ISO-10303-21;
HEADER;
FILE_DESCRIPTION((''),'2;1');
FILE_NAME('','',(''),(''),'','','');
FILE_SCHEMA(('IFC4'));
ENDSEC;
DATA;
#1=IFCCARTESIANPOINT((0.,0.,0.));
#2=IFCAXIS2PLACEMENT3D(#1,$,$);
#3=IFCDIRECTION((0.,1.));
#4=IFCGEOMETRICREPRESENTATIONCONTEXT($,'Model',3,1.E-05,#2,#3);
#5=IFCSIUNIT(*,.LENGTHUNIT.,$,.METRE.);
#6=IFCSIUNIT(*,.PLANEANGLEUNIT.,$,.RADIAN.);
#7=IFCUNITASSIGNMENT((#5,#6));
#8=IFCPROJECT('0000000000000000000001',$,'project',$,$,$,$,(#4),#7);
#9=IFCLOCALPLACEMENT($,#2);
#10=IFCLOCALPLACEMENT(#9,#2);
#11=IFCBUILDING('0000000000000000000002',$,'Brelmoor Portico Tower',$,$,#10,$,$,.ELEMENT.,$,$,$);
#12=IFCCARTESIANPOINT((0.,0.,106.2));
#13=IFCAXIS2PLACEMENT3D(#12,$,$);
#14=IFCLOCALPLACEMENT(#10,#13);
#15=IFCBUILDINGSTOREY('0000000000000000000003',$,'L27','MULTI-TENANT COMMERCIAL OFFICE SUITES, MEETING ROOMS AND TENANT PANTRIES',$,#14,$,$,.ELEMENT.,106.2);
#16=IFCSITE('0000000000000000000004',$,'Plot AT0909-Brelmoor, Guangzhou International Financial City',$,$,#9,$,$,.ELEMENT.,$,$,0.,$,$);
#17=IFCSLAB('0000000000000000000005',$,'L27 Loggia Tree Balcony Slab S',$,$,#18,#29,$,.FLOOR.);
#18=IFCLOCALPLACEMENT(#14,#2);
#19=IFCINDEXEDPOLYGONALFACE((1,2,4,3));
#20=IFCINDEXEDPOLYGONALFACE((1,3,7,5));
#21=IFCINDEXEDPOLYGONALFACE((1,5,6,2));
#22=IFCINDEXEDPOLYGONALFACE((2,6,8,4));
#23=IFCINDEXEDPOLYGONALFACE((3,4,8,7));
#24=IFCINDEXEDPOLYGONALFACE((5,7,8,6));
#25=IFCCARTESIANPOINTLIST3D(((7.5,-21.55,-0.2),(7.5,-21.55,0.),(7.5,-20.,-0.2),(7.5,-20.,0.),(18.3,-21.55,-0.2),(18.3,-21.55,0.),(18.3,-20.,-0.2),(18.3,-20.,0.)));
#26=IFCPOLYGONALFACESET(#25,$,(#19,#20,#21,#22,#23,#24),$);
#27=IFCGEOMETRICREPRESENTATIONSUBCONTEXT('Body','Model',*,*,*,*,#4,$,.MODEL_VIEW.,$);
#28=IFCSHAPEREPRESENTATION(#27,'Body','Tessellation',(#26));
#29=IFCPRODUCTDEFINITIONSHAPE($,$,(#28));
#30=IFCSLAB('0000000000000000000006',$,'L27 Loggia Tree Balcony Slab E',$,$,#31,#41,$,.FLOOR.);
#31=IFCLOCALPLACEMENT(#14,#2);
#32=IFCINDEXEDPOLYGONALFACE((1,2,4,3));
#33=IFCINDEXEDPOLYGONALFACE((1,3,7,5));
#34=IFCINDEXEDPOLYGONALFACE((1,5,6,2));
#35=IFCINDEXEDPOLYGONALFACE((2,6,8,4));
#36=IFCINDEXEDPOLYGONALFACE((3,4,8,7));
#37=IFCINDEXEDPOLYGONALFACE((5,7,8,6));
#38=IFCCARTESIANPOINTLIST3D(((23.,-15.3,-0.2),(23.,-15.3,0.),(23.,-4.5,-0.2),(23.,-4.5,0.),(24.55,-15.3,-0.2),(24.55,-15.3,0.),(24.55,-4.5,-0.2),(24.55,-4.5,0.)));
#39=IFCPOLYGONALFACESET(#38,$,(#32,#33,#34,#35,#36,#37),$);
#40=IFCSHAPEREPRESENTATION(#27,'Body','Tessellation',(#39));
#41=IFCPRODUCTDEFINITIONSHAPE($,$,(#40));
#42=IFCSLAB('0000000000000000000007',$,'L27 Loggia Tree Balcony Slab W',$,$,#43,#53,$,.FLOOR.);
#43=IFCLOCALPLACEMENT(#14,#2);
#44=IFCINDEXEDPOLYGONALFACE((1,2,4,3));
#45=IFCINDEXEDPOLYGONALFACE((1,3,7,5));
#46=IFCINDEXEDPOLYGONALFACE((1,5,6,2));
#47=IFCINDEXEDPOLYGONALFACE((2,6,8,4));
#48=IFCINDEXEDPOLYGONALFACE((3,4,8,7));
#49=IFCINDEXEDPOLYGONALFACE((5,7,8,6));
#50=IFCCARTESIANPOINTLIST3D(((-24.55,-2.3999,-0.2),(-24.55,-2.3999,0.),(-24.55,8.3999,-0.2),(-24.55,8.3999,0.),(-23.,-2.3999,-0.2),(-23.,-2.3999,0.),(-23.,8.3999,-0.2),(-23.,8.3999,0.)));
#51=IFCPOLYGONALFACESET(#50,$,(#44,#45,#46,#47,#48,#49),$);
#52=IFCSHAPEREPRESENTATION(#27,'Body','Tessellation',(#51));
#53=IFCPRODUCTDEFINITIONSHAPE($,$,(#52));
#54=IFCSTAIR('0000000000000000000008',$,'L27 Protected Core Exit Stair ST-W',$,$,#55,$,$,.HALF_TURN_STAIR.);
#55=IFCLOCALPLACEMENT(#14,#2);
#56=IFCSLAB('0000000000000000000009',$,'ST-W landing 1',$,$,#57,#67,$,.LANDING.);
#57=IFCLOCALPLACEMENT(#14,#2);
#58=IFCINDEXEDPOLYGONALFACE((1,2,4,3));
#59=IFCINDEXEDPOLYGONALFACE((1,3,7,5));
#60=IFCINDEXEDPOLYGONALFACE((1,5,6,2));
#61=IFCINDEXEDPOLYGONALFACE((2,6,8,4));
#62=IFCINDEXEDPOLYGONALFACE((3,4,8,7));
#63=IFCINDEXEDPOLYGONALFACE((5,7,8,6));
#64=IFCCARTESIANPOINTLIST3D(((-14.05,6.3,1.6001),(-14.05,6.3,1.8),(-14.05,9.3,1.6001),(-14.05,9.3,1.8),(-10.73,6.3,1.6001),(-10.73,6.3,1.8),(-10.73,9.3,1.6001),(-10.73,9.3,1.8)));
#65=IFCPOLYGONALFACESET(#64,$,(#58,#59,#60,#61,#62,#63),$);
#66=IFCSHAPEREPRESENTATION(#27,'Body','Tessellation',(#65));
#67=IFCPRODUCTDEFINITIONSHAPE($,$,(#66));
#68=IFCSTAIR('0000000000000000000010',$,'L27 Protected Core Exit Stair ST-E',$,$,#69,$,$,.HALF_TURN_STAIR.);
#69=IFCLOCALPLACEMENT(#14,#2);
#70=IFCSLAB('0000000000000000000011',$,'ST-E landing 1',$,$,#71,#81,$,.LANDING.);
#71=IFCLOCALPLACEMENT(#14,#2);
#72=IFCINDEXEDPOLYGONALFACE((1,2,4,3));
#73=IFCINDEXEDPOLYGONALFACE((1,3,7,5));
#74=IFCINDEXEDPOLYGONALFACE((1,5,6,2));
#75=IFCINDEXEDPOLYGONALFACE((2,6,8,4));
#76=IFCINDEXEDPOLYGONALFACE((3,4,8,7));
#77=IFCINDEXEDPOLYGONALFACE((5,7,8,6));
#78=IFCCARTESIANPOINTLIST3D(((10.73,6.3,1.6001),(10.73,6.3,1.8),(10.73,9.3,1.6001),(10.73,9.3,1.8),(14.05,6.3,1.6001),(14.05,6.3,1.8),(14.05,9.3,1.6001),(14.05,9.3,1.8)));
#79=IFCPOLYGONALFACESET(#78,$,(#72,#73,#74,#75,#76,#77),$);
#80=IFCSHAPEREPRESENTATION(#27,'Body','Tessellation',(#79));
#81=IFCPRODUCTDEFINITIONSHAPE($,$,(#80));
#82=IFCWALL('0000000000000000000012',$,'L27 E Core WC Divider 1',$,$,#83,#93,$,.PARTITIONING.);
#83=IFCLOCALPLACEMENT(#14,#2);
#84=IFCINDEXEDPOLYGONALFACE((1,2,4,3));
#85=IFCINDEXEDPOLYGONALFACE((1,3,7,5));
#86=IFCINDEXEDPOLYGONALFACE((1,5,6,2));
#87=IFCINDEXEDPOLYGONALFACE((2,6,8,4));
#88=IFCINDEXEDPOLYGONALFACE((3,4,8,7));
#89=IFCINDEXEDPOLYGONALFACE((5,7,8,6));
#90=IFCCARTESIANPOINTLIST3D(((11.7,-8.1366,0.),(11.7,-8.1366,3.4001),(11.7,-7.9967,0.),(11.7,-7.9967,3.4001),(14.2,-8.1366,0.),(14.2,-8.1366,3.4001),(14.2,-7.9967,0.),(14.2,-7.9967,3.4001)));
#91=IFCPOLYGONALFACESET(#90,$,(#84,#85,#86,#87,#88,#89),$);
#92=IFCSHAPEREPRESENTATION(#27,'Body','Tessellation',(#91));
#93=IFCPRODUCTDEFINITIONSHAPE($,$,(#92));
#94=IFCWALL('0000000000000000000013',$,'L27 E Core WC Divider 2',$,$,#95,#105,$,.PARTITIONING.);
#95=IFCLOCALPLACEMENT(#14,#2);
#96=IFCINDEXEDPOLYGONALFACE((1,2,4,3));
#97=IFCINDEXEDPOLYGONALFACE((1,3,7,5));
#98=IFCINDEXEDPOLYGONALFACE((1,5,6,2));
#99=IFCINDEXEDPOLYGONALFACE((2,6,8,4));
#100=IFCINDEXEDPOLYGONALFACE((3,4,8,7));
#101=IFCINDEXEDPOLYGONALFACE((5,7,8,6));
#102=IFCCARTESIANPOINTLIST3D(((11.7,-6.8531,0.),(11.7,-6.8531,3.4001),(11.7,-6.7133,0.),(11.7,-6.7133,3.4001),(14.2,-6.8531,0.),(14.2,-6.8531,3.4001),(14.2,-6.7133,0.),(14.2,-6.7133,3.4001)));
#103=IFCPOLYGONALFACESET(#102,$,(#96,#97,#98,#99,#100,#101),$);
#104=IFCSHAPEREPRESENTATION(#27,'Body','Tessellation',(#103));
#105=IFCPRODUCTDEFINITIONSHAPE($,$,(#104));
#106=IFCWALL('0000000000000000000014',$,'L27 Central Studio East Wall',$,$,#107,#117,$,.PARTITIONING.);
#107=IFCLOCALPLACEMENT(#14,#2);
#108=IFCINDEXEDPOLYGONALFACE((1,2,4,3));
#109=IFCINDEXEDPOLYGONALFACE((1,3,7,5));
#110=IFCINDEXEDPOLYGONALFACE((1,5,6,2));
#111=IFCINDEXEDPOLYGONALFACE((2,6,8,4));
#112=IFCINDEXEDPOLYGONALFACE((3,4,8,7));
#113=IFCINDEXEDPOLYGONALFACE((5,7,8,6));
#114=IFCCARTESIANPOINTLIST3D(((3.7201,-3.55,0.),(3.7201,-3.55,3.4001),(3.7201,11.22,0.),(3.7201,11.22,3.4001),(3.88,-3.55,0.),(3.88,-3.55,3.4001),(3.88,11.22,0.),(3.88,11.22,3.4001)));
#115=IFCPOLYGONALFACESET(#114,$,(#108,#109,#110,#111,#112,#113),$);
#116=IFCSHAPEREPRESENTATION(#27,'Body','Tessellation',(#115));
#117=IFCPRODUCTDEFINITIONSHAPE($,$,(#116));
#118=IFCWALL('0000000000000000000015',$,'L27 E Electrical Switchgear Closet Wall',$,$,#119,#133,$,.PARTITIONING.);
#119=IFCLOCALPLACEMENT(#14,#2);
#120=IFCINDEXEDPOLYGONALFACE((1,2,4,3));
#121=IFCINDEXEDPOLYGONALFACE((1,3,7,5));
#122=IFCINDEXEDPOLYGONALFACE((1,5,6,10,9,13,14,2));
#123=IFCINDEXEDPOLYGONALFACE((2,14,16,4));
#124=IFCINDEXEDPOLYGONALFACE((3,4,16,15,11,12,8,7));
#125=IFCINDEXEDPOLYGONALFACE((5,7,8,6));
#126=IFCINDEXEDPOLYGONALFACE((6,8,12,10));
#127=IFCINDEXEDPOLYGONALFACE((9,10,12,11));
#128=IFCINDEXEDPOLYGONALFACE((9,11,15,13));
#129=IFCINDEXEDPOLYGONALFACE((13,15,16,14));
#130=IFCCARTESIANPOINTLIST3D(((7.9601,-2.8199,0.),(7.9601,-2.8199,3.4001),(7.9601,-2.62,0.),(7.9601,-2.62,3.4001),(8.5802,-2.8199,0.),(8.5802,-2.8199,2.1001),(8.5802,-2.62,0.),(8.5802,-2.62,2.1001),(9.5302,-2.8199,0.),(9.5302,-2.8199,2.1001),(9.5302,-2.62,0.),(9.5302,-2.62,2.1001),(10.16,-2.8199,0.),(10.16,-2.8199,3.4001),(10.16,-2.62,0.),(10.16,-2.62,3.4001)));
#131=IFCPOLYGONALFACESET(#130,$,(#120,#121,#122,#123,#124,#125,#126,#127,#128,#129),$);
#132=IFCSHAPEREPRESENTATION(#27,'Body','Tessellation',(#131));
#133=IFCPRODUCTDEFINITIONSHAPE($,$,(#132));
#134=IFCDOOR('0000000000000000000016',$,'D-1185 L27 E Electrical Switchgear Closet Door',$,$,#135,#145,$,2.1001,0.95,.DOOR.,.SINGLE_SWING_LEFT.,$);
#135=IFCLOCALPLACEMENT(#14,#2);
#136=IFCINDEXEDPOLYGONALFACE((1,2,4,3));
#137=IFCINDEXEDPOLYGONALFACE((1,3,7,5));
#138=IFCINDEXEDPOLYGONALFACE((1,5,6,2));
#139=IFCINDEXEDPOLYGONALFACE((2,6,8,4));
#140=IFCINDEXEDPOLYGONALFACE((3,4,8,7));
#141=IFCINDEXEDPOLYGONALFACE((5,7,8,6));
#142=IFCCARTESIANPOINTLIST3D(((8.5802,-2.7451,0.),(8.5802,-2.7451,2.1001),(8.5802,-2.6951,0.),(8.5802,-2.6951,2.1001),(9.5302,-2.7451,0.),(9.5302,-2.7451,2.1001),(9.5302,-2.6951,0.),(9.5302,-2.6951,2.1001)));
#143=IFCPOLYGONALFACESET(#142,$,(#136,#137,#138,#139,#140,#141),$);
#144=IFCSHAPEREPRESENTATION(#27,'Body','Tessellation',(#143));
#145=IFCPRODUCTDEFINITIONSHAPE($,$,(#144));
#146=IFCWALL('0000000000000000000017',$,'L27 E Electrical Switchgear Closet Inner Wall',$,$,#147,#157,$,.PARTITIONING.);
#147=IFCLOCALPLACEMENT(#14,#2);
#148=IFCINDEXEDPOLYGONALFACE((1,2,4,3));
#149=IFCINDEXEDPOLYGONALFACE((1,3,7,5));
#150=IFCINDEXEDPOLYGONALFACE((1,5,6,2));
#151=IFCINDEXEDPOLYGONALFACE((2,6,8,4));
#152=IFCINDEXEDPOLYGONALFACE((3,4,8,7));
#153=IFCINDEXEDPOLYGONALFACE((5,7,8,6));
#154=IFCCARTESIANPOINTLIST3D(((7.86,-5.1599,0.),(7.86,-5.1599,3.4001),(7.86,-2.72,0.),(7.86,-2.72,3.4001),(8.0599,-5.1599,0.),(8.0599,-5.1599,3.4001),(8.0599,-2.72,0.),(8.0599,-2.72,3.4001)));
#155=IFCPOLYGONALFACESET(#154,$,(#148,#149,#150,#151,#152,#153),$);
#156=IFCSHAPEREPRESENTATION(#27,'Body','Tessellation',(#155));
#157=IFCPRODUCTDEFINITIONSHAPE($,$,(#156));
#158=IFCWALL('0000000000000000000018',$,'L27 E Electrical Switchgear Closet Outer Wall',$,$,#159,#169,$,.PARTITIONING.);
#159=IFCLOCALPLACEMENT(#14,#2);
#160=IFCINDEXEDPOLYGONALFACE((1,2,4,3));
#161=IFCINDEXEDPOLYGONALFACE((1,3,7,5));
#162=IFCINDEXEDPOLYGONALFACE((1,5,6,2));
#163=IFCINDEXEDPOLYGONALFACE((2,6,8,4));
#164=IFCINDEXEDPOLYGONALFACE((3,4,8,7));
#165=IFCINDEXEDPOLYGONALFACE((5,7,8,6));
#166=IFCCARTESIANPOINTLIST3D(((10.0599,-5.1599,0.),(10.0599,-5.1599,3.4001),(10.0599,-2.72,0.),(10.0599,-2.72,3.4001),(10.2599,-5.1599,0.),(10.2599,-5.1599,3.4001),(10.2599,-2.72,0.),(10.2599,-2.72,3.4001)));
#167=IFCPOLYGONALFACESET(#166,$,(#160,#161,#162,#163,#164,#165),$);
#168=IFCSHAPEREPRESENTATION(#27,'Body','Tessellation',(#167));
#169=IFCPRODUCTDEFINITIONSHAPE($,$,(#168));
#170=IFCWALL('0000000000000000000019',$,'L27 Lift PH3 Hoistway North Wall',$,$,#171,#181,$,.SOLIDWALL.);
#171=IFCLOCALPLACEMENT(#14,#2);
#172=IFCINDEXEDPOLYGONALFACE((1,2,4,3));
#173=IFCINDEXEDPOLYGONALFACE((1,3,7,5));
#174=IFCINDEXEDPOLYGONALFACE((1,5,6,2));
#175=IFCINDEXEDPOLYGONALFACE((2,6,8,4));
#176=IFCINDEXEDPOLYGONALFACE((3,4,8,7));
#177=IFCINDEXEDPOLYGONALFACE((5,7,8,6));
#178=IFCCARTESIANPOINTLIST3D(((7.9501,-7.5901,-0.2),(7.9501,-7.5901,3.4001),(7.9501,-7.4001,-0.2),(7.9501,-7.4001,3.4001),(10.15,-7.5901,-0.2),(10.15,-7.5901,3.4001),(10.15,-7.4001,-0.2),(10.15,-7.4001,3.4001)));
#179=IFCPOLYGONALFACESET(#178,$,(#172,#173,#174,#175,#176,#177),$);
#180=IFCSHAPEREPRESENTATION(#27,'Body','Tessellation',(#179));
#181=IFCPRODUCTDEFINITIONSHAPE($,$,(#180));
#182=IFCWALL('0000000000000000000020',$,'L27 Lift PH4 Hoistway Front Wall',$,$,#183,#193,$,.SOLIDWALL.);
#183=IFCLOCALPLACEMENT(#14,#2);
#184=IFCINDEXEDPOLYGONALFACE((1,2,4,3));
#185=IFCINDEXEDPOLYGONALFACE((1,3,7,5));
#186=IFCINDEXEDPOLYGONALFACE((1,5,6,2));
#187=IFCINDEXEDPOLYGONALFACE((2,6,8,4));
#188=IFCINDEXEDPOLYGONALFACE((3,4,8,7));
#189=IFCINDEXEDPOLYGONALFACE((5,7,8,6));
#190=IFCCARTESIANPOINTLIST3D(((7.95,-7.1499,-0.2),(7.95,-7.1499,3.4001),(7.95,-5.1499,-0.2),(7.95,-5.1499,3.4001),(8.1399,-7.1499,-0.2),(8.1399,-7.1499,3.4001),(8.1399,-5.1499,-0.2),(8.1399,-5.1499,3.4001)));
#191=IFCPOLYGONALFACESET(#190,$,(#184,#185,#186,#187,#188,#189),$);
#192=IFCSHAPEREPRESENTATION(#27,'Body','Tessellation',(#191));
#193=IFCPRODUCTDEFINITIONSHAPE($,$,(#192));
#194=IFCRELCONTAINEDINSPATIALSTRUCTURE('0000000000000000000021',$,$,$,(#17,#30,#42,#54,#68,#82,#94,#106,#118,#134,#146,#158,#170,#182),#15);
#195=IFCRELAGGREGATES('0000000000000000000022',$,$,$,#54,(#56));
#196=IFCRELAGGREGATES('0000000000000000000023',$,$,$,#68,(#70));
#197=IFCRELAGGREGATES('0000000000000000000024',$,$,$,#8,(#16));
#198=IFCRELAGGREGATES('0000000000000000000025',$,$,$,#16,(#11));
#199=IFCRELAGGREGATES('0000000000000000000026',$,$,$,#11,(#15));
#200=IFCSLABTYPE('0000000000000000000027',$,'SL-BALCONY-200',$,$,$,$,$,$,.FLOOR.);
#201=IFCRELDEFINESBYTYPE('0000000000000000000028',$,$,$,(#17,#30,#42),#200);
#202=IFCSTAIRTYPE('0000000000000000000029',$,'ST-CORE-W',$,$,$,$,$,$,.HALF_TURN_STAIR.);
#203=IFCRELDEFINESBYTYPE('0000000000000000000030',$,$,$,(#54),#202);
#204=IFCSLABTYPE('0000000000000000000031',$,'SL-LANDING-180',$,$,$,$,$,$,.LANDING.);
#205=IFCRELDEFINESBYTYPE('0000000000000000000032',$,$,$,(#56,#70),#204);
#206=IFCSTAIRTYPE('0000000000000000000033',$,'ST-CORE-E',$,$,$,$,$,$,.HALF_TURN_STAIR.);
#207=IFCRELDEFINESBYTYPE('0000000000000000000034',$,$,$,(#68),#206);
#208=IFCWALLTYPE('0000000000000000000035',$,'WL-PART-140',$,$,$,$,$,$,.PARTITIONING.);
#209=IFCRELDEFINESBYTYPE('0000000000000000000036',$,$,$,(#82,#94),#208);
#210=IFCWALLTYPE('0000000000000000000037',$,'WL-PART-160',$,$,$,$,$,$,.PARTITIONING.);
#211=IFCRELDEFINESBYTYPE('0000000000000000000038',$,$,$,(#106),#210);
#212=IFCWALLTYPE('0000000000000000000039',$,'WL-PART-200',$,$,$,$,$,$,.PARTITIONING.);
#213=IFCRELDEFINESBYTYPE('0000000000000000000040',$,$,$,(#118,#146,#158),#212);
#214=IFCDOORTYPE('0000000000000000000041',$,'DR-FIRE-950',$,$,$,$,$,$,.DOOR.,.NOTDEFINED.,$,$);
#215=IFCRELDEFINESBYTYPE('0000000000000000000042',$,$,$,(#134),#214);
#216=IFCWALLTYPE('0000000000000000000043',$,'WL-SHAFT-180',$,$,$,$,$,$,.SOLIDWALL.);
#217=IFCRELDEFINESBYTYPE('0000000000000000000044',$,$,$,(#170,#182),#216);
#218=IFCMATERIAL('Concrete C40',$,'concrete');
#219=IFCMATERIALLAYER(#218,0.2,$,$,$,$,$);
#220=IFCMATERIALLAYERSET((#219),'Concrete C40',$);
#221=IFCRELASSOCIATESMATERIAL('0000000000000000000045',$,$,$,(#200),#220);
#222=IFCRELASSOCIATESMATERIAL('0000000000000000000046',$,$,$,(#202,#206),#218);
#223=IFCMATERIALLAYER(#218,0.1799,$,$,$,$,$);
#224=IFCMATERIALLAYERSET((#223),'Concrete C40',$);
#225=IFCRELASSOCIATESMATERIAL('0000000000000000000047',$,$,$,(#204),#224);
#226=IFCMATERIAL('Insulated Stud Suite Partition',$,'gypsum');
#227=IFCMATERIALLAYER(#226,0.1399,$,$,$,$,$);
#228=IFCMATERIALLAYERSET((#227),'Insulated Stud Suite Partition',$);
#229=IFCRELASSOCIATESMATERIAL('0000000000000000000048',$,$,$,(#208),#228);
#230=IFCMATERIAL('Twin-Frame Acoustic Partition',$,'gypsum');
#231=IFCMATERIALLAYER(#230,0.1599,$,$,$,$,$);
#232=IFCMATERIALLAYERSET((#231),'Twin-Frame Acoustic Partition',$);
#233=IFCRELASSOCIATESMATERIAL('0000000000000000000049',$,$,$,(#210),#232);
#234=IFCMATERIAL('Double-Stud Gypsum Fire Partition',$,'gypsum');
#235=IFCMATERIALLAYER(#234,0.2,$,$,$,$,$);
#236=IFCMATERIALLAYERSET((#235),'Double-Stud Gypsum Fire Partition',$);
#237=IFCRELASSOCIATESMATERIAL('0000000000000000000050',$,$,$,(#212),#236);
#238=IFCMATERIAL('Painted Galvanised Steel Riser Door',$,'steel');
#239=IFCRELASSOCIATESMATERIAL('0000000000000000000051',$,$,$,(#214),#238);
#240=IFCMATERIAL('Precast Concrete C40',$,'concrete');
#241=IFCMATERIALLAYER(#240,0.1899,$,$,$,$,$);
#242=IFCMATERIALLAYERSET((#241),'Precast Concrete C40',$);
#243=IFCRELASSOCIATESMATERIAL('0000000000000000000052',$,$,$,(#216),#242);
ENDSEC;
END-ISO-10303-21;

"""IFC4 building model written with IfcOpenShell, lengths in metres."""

from ifc_helpers import new_model, si_unit, direction, frame, frame_2d, origin, place, context, subcontext, project, spatial, polyline, rectangle, outline, extrude, material, layer, layer_set, type_object, element, fill, aggregate, save


model = new_model("IFC4")

# Units and contexts
model_context = context("Model", 3, precision=1e-05, world=origin(), true_north=direction((0.0, 1.0)))
body_context = subcontext(model_context, "Body", "Model", "MODEL_VIEW")
ifc_project = project(units=[si_unit("LENGTHUNIT", "METRE"), si_unit("PLANEANGLEUNIT", "RADIAN")], contexts=[model_context])

# Site, building, storey
site_placement = place(None, origin())
site = spatial("IfcSite", under=ifc_project, at=site_placement, Name="Plot AT0909-Brelmoor, Guangzhou International Financial City", CompositionType="ELEMENT", RefElevation=0.0)
building_placement = place(site_placement, origin())
building = spatial("IfcBuilding", under=site, at=building_placement, Name="Brelmoor Portico Tower", CompositionType="ELEMENT")
storey_placement = place(building_placement, frame((0.0, 0.0, 106.2)))
storey = spatial("IfcBuildingStorey", under=building, at=storey_placement, Name="L27", Description="MULTI-TENANT COMMERCIAL OFFICE SUITES, MEETING ROOMS AND TENANT PANTRIES", CompositionType="ELEMENT", Elevation=106.2)

# Slabs
ifc_material_1 = material(Name="Concrete C40", Category="concrete")
ifc_layer_1 = layer(ifc_material_1, 0.2)
ifc_layer_set_1 = layer_set([ifc_layer_1], Name="Concrete C40")
slab_type_1 = type_object("IfcSlabType", Name="SL-BALCONY-200", PredefinedType="FLOOR", material=ifc_layer_set_1)
slab_1_placement = place(storey_placement, frame((0.0, 0.0, -0.2)))
element("IfcSlab", 1, at=slab_1_placement, inside=storey, type_object=slab_type_1, Name="L27 Loggia Tree Balcony Slab S", PredefinedType="FLOOR", context=body_context, shape_type="SweptSolid", body=[
    extrude(outline(polyline([(7.5, -21.55), (18.3, -21.55), (18.3, -20.0), (7.5, -20.0), (7.5, -21.55)])), origin(), (0.0, 0.0, 1.0), 0.2),
])
slab_2_placement = place(storey_placement, frame((0.0, 0.0, -0.2)))
element("IfcSlab", 2, at=slab_2_placement, inside=storey, type_object=slab_type_1, Name="L27 Loggia Tree Balcony Slab E", PredefinedType="FLOOR", context=body_context, shape_type="SweptSolid", body=[
    extrude(outline(polyline([(23.0, -15.3), (24.55, -15.3), (24.55, -4.5), (23.0, -4.5), (23.0, -15.3)])), origin(), (0.0, 0.0, 1.0), 0.2),
])
slab_3_placement = place(storey_placement, frame((0.0, 0.0, -0.2)))
element("IfcSlab", 3, at=slab_3_placement, inside=storey, type_object=slab_type_1, Name="L27 Loggia Tree Balcony Slab W", PredefinedType="FLOOR", context=body_context, shape_type="SweptSolid", body=[
    extrude(outline(polyline([(-24.55, -2.3999), (-23.0, -2.3999), (-23.0, 8.3999), (-24.55, 8.3999), (-24.55, -2.3999)])), origin(), (0.0, 0.0, 1.0), 0.2),
])

# Stairs, slabs
stair_type_1 = type_object("IfcStairType", Name="ST-CORE-W", PredefinedType="HALF_TURN_STAIR", material=ifc_material_1)
stair_1_placement = place(storey_placement, origin())
stair_1 = element("IfcStair", 4, at=stair_1_placement, inside=storey, type_object=stair_type_1, Name="L27 Protected Core Exit Stair ST-W", PredefinedType="HALF_TURN_STAIR")
ifc_layer_2 = layer(ifc_material_1, 0.1799)
ifc_layer_set_2 = layer_set([ifc_layer_2], Name="Concrete C40")
slab_type_2 = type_object("IfcSlabType", Name="SL-LANDING-180", PredefinedType="LANDING", material=ifc_layer_set_2)
slab_4_placement = place(storey_placement, frame((0.0, 0.0, 1.6001)))
slab_4 = element("IfcSlab", 5, at=slab_4_placement, type_object=slab_type_2, Name="ST-W landing 1", PredefinedType="LANDING", context=body_context, shape_type="SweptSolid", body=[
    extrude(outline(polyline([(-10.73, 6.3), (-10.73, 9.3), (-14.05, 9.3), (-14.05, 6.3), (-10.73, 6.3)])), origin(), (0.0, 0.0, 1.0), 0.2),
])
aggregate(stair_1, [slab_4])
stair_type_2 = type_object("IfcStairType", Name="ST-CORE-E", PredefinedType="HALF_TURN_STAIR", material=ifc_material_1)
stair_2_placement = place(storey_placement, origin())
stair_2 = element("IfcStair", 6, at=stair_2_placement, inside=storey, type_object=stair_type_2, Name="L27 Protected Core Exit Stair ST-E", PredefinedType="HALF_TURN_STAIR")
slab_5_placement = place(storey_placement, frame((0.0, 0.0, 1.6001)))
slab_5 = element("IfcSlab", 7, at=slab_5_placement, type_object=slab_type_2, Name="ST-E landing 1", PredefinedType="LANDING", context=body_context, shape_type="SweptSolid", body=[
    extrude(outline(polyline([(14.05, 6.3), (14.05, 9.3), (10.73, 9.3), (10.73, 6.3), (14.05, 6.3)])), origin(), (0.0, 0.0, 1.0), 0.2),
])
aggregate(stair_2, [slab_5])

# Walls
ifc_material_2 = material(Name="Insulated Stud Suite Partition", Category="gypsum")
ifc_layer_3 = layer(ifc_material_2, 0.1399)
ifc_layer_set_3 = layer_set([ifc_layer_3], Name="Insulated Stud Suite Partition")
wall_type_1 = type_object("IfcWallType", Name="WL-PART-140", PredefinedType="PARTITIONING", material=ifc_layer_set_3)
for number, where, z_axis, x_axis, name in (
    (8, (11.7, -8.0667, 0.0), (0.0, 0.0, 1.0), (1.0, 0.0, 0.0), "L27 E Core WC Divider 1"),
    (9, (11.7, -6.7832, 0.0), (0.0, 0.0, 1.0), (1.0, 0.0, 0.0), "L27 E Core WC Divider 2"),
):
    element("IfcWall", number, at=place(storey_placement, frame(where, z_axis=z_axis, x_axis=x_axis)), inside=storey, type_object=wall_type_1, Name=name, PredefinedType="PARTITIONING", context=body_context, shape_type="SweptSolid", body=[
        extrude(rectangle(XDim=2.5, YDim=0.1399, at=frame_2d((1.25, 0.0))), origin(), (0.0, 0.0, 1.0), 3.4001),
    ])
ifc_material_3 = material(Name="Twin-Frame Acoustic Partition", Category="gypsum")
ifc_layer_4 = layer(ifc_material_3, 0.1599)
ifc_layer_set_4 = layer_set([ifc_layer_4], Name="Twin-Frame Acoustic Partition")
wall_type_2 = type_object("IfcWallType", Name="WL-PART-160", PredefinedType="PARTITIONING", material=ifc_layer_set_4)
wall_1_placement = place(storey_placement, frame((3.8, -3.55, 0.0), z_axis=(0.0, 0.0, 1.0), x_axis=(0.0, 1.0, 0.0)))
element("IfcWall", 10, at=wall_1_placement, inside=storey, type_object=wall_type_2, Name="L27 Central Studio East Wall", PredefinedType="PARTITIONING", context=body_context, shape_type="SweptSolid", body=[
    extrude(rectangle(XDim=14.77, YDim=0.1599, at=frame_2d((7.385, 0.0))), origin(), (0.0, 0.0, 1.0), 3.4001),
])

# Wall, opening, door
ifc_material_4 = material(Name="Double-Stud Gypsum Fire Partition", Category="gypsum")
ifc_layer_5 = layer(ifc_material_4, 0.2)
ifc_layer_set_5 = layer_set([ifc_layer_5], Name="Double-Stud Gypsum Fire Partition")
wall_type_3 = type_object("IfcWallType", Name="WL-PART-200", PredefinedType="PARTITIONING", material=ifc_layer_set_5)
wall_2_placement = place(storey_placement, frame((7.96, -2.72, 0.0), z_axis=(0.0, 0.0, 1.0), x_axis=(1.0, 0.0, 0.0)))
wall_2 = element("IfcWall", 11, at=wall_2_placement, inside=storey, type_object=wall_type_3, Name="L27 E Electrical Switchgear Closet Wall", PredefinedType="PARTITIONING", context=body_context, shape_type="SweptSolid", body=[
    extrude(rectangle(XDim=2.2, YDim=0.2, at=frame_2d((1.1001, 0.0))), origin(), (0.0, 0.0, 1.0), 3.4001),
])
opening_1_placement = place(wall_2_placement, frame((0.6201, 0.0, 0.0)))
opening_1 = element("IfcOpeningElement", 12, at=opening_1_placement, cuts=wall_2, PredefinedType="OPENING", context=body_context, shape_type="SweptSolid", body=[
    extrude(rectangle(XDim=0.95, YDim=2.1001, at=frame_2d((0.4751, 1.05))), frame((0.0, 0.1099, 0.0), z_axis=(0.0, -1.0, 0.0), x_axis=(1.0, 0.0, 0.0)), (0.0, 0.0, 1.0), 0.22),
])
ifc_material_5 = material(Name="Painted Galvanised Steel Riser Door", Category="steel")
door_type_1 = type_object("IfcDoorType", Name="DR-FIRE-950", OperationType="NOTDEFINED", PredefinedType="DOOR", material=ifc_material_5)
door_1_placement = place(opening_1_placement, origin())
door_1 = element("IfcDoor", 13, at=door_1_placement, inside=storey, type_object=door_type_1, Name="D-1185 L27 E Electrical Switchgear Closet Door", OperationType="SINGLE_SWING_LEFT", OverallHeight=2.1001, OverallWidth=0.95, PredefinedType="DOOR", context=body_context, shape_type="SweptSolid", body=[
    extrude(rectangle(XDim=0.95, YDim=2.1001, at=frame_2d((0.4751, 1.05))), frame((0.0, 0.0249, 0.0), z_axis=(0.0, -1.0, 0.0), x_axis=(1.0, 0.0, 0.0)), (0.0, 0.0, 1.0), 0.05),
])
fill(opening_1, door_1)

# Walls
for number, where, z_axis, x_axis, name in (
    (14, (7.96, -5.1599, 0.0), (0.0, 0.0, 1.0), (0.0, 1.0, 0.0), "L27 E Electrical Switchgear Closet Inner Wall"),
    (15, (10.1599, -5.1599, 0.0), (0.0, 0.0, 1.0), (0.0, 1.0, 0.0), "L27 E Electrical Switchgear Closet Outer Wall"),
):
    element("IfcWall", number, at=place(storey_placement, frame(where, z_axis=z_axis, x_axis=x_axis)), inside=storey, type_object=wall_type_3, Name=name, PredefinedType="PARTITIONING", context=body_context, shape_type="SweptSolid", body=[
        extrude(rectangle(XDim=2.4399, YDim=0.2, at=frame_2d((1.22, 0.0))), origin(), (0.0, 0.0, 1.0), 3.4001),
    ])
ifc_material_6 = material(Name="Precast Concrete C40", Category="concrete")
ifc_layer_6 = layer(ifc_material_6, 0.1899)
ifc_layer_set_6 = layer_set([ifc_layer_6], Name="Precast Concrete C40")
wall_type_4 = type_object("IfcWallType", Name="WL-SHAFT-180", PredefinedType="SOLIDWALL", material=ifc_layer_set_6)
wall_3_placement = place(storey_placement, frame((7.95, -7.4951, -0.2), z_axis=(0.0, 0.0, 1.0), x_axis=(1.0, 0.0, 0.0)))
element("IfcWall", 16, at=wall_3_placement, inside=storey, type_object=wall_type_4, Name="L27 Lift PH3 Hoistway North Wall", PredefinedType="SOLIDWALL", context=body_context, shape_type="SweptSolid", body=[
    extrude(rectangle(XDim=2.2, YDim=0.1899, at=frame_2d((1.1001, 0.0))), origin(), (0.0, 0.0, 1.0), 3.6001),
])
for number, where, z_axis, x_axis, name in (
    (17, (8.0449, -7.1499, -0.2), (0.0, 0.0, 1.0), (0.0, 1.0, 0.0), "L27 Lift PH4 Hoistway Front Wall"),
):
    element("IfcWall", number, at=place(storey_placement, frame(where, z_axis=z_axis, x_axis=x_axis)), inside=storey, type_object=wall_type_4, Name=name, PredefinedType="SOLIDWALL", context=body_context, shape_type="SweptSolid", body=[
        extrude(rectangle(XDim=2.0, YDim=0.1899, at=frame_2d((1.0, 0.0))), origin(), (0.0, 0.0, 1.0), 3.6001),
    ])

save(model, "model.ifc")
